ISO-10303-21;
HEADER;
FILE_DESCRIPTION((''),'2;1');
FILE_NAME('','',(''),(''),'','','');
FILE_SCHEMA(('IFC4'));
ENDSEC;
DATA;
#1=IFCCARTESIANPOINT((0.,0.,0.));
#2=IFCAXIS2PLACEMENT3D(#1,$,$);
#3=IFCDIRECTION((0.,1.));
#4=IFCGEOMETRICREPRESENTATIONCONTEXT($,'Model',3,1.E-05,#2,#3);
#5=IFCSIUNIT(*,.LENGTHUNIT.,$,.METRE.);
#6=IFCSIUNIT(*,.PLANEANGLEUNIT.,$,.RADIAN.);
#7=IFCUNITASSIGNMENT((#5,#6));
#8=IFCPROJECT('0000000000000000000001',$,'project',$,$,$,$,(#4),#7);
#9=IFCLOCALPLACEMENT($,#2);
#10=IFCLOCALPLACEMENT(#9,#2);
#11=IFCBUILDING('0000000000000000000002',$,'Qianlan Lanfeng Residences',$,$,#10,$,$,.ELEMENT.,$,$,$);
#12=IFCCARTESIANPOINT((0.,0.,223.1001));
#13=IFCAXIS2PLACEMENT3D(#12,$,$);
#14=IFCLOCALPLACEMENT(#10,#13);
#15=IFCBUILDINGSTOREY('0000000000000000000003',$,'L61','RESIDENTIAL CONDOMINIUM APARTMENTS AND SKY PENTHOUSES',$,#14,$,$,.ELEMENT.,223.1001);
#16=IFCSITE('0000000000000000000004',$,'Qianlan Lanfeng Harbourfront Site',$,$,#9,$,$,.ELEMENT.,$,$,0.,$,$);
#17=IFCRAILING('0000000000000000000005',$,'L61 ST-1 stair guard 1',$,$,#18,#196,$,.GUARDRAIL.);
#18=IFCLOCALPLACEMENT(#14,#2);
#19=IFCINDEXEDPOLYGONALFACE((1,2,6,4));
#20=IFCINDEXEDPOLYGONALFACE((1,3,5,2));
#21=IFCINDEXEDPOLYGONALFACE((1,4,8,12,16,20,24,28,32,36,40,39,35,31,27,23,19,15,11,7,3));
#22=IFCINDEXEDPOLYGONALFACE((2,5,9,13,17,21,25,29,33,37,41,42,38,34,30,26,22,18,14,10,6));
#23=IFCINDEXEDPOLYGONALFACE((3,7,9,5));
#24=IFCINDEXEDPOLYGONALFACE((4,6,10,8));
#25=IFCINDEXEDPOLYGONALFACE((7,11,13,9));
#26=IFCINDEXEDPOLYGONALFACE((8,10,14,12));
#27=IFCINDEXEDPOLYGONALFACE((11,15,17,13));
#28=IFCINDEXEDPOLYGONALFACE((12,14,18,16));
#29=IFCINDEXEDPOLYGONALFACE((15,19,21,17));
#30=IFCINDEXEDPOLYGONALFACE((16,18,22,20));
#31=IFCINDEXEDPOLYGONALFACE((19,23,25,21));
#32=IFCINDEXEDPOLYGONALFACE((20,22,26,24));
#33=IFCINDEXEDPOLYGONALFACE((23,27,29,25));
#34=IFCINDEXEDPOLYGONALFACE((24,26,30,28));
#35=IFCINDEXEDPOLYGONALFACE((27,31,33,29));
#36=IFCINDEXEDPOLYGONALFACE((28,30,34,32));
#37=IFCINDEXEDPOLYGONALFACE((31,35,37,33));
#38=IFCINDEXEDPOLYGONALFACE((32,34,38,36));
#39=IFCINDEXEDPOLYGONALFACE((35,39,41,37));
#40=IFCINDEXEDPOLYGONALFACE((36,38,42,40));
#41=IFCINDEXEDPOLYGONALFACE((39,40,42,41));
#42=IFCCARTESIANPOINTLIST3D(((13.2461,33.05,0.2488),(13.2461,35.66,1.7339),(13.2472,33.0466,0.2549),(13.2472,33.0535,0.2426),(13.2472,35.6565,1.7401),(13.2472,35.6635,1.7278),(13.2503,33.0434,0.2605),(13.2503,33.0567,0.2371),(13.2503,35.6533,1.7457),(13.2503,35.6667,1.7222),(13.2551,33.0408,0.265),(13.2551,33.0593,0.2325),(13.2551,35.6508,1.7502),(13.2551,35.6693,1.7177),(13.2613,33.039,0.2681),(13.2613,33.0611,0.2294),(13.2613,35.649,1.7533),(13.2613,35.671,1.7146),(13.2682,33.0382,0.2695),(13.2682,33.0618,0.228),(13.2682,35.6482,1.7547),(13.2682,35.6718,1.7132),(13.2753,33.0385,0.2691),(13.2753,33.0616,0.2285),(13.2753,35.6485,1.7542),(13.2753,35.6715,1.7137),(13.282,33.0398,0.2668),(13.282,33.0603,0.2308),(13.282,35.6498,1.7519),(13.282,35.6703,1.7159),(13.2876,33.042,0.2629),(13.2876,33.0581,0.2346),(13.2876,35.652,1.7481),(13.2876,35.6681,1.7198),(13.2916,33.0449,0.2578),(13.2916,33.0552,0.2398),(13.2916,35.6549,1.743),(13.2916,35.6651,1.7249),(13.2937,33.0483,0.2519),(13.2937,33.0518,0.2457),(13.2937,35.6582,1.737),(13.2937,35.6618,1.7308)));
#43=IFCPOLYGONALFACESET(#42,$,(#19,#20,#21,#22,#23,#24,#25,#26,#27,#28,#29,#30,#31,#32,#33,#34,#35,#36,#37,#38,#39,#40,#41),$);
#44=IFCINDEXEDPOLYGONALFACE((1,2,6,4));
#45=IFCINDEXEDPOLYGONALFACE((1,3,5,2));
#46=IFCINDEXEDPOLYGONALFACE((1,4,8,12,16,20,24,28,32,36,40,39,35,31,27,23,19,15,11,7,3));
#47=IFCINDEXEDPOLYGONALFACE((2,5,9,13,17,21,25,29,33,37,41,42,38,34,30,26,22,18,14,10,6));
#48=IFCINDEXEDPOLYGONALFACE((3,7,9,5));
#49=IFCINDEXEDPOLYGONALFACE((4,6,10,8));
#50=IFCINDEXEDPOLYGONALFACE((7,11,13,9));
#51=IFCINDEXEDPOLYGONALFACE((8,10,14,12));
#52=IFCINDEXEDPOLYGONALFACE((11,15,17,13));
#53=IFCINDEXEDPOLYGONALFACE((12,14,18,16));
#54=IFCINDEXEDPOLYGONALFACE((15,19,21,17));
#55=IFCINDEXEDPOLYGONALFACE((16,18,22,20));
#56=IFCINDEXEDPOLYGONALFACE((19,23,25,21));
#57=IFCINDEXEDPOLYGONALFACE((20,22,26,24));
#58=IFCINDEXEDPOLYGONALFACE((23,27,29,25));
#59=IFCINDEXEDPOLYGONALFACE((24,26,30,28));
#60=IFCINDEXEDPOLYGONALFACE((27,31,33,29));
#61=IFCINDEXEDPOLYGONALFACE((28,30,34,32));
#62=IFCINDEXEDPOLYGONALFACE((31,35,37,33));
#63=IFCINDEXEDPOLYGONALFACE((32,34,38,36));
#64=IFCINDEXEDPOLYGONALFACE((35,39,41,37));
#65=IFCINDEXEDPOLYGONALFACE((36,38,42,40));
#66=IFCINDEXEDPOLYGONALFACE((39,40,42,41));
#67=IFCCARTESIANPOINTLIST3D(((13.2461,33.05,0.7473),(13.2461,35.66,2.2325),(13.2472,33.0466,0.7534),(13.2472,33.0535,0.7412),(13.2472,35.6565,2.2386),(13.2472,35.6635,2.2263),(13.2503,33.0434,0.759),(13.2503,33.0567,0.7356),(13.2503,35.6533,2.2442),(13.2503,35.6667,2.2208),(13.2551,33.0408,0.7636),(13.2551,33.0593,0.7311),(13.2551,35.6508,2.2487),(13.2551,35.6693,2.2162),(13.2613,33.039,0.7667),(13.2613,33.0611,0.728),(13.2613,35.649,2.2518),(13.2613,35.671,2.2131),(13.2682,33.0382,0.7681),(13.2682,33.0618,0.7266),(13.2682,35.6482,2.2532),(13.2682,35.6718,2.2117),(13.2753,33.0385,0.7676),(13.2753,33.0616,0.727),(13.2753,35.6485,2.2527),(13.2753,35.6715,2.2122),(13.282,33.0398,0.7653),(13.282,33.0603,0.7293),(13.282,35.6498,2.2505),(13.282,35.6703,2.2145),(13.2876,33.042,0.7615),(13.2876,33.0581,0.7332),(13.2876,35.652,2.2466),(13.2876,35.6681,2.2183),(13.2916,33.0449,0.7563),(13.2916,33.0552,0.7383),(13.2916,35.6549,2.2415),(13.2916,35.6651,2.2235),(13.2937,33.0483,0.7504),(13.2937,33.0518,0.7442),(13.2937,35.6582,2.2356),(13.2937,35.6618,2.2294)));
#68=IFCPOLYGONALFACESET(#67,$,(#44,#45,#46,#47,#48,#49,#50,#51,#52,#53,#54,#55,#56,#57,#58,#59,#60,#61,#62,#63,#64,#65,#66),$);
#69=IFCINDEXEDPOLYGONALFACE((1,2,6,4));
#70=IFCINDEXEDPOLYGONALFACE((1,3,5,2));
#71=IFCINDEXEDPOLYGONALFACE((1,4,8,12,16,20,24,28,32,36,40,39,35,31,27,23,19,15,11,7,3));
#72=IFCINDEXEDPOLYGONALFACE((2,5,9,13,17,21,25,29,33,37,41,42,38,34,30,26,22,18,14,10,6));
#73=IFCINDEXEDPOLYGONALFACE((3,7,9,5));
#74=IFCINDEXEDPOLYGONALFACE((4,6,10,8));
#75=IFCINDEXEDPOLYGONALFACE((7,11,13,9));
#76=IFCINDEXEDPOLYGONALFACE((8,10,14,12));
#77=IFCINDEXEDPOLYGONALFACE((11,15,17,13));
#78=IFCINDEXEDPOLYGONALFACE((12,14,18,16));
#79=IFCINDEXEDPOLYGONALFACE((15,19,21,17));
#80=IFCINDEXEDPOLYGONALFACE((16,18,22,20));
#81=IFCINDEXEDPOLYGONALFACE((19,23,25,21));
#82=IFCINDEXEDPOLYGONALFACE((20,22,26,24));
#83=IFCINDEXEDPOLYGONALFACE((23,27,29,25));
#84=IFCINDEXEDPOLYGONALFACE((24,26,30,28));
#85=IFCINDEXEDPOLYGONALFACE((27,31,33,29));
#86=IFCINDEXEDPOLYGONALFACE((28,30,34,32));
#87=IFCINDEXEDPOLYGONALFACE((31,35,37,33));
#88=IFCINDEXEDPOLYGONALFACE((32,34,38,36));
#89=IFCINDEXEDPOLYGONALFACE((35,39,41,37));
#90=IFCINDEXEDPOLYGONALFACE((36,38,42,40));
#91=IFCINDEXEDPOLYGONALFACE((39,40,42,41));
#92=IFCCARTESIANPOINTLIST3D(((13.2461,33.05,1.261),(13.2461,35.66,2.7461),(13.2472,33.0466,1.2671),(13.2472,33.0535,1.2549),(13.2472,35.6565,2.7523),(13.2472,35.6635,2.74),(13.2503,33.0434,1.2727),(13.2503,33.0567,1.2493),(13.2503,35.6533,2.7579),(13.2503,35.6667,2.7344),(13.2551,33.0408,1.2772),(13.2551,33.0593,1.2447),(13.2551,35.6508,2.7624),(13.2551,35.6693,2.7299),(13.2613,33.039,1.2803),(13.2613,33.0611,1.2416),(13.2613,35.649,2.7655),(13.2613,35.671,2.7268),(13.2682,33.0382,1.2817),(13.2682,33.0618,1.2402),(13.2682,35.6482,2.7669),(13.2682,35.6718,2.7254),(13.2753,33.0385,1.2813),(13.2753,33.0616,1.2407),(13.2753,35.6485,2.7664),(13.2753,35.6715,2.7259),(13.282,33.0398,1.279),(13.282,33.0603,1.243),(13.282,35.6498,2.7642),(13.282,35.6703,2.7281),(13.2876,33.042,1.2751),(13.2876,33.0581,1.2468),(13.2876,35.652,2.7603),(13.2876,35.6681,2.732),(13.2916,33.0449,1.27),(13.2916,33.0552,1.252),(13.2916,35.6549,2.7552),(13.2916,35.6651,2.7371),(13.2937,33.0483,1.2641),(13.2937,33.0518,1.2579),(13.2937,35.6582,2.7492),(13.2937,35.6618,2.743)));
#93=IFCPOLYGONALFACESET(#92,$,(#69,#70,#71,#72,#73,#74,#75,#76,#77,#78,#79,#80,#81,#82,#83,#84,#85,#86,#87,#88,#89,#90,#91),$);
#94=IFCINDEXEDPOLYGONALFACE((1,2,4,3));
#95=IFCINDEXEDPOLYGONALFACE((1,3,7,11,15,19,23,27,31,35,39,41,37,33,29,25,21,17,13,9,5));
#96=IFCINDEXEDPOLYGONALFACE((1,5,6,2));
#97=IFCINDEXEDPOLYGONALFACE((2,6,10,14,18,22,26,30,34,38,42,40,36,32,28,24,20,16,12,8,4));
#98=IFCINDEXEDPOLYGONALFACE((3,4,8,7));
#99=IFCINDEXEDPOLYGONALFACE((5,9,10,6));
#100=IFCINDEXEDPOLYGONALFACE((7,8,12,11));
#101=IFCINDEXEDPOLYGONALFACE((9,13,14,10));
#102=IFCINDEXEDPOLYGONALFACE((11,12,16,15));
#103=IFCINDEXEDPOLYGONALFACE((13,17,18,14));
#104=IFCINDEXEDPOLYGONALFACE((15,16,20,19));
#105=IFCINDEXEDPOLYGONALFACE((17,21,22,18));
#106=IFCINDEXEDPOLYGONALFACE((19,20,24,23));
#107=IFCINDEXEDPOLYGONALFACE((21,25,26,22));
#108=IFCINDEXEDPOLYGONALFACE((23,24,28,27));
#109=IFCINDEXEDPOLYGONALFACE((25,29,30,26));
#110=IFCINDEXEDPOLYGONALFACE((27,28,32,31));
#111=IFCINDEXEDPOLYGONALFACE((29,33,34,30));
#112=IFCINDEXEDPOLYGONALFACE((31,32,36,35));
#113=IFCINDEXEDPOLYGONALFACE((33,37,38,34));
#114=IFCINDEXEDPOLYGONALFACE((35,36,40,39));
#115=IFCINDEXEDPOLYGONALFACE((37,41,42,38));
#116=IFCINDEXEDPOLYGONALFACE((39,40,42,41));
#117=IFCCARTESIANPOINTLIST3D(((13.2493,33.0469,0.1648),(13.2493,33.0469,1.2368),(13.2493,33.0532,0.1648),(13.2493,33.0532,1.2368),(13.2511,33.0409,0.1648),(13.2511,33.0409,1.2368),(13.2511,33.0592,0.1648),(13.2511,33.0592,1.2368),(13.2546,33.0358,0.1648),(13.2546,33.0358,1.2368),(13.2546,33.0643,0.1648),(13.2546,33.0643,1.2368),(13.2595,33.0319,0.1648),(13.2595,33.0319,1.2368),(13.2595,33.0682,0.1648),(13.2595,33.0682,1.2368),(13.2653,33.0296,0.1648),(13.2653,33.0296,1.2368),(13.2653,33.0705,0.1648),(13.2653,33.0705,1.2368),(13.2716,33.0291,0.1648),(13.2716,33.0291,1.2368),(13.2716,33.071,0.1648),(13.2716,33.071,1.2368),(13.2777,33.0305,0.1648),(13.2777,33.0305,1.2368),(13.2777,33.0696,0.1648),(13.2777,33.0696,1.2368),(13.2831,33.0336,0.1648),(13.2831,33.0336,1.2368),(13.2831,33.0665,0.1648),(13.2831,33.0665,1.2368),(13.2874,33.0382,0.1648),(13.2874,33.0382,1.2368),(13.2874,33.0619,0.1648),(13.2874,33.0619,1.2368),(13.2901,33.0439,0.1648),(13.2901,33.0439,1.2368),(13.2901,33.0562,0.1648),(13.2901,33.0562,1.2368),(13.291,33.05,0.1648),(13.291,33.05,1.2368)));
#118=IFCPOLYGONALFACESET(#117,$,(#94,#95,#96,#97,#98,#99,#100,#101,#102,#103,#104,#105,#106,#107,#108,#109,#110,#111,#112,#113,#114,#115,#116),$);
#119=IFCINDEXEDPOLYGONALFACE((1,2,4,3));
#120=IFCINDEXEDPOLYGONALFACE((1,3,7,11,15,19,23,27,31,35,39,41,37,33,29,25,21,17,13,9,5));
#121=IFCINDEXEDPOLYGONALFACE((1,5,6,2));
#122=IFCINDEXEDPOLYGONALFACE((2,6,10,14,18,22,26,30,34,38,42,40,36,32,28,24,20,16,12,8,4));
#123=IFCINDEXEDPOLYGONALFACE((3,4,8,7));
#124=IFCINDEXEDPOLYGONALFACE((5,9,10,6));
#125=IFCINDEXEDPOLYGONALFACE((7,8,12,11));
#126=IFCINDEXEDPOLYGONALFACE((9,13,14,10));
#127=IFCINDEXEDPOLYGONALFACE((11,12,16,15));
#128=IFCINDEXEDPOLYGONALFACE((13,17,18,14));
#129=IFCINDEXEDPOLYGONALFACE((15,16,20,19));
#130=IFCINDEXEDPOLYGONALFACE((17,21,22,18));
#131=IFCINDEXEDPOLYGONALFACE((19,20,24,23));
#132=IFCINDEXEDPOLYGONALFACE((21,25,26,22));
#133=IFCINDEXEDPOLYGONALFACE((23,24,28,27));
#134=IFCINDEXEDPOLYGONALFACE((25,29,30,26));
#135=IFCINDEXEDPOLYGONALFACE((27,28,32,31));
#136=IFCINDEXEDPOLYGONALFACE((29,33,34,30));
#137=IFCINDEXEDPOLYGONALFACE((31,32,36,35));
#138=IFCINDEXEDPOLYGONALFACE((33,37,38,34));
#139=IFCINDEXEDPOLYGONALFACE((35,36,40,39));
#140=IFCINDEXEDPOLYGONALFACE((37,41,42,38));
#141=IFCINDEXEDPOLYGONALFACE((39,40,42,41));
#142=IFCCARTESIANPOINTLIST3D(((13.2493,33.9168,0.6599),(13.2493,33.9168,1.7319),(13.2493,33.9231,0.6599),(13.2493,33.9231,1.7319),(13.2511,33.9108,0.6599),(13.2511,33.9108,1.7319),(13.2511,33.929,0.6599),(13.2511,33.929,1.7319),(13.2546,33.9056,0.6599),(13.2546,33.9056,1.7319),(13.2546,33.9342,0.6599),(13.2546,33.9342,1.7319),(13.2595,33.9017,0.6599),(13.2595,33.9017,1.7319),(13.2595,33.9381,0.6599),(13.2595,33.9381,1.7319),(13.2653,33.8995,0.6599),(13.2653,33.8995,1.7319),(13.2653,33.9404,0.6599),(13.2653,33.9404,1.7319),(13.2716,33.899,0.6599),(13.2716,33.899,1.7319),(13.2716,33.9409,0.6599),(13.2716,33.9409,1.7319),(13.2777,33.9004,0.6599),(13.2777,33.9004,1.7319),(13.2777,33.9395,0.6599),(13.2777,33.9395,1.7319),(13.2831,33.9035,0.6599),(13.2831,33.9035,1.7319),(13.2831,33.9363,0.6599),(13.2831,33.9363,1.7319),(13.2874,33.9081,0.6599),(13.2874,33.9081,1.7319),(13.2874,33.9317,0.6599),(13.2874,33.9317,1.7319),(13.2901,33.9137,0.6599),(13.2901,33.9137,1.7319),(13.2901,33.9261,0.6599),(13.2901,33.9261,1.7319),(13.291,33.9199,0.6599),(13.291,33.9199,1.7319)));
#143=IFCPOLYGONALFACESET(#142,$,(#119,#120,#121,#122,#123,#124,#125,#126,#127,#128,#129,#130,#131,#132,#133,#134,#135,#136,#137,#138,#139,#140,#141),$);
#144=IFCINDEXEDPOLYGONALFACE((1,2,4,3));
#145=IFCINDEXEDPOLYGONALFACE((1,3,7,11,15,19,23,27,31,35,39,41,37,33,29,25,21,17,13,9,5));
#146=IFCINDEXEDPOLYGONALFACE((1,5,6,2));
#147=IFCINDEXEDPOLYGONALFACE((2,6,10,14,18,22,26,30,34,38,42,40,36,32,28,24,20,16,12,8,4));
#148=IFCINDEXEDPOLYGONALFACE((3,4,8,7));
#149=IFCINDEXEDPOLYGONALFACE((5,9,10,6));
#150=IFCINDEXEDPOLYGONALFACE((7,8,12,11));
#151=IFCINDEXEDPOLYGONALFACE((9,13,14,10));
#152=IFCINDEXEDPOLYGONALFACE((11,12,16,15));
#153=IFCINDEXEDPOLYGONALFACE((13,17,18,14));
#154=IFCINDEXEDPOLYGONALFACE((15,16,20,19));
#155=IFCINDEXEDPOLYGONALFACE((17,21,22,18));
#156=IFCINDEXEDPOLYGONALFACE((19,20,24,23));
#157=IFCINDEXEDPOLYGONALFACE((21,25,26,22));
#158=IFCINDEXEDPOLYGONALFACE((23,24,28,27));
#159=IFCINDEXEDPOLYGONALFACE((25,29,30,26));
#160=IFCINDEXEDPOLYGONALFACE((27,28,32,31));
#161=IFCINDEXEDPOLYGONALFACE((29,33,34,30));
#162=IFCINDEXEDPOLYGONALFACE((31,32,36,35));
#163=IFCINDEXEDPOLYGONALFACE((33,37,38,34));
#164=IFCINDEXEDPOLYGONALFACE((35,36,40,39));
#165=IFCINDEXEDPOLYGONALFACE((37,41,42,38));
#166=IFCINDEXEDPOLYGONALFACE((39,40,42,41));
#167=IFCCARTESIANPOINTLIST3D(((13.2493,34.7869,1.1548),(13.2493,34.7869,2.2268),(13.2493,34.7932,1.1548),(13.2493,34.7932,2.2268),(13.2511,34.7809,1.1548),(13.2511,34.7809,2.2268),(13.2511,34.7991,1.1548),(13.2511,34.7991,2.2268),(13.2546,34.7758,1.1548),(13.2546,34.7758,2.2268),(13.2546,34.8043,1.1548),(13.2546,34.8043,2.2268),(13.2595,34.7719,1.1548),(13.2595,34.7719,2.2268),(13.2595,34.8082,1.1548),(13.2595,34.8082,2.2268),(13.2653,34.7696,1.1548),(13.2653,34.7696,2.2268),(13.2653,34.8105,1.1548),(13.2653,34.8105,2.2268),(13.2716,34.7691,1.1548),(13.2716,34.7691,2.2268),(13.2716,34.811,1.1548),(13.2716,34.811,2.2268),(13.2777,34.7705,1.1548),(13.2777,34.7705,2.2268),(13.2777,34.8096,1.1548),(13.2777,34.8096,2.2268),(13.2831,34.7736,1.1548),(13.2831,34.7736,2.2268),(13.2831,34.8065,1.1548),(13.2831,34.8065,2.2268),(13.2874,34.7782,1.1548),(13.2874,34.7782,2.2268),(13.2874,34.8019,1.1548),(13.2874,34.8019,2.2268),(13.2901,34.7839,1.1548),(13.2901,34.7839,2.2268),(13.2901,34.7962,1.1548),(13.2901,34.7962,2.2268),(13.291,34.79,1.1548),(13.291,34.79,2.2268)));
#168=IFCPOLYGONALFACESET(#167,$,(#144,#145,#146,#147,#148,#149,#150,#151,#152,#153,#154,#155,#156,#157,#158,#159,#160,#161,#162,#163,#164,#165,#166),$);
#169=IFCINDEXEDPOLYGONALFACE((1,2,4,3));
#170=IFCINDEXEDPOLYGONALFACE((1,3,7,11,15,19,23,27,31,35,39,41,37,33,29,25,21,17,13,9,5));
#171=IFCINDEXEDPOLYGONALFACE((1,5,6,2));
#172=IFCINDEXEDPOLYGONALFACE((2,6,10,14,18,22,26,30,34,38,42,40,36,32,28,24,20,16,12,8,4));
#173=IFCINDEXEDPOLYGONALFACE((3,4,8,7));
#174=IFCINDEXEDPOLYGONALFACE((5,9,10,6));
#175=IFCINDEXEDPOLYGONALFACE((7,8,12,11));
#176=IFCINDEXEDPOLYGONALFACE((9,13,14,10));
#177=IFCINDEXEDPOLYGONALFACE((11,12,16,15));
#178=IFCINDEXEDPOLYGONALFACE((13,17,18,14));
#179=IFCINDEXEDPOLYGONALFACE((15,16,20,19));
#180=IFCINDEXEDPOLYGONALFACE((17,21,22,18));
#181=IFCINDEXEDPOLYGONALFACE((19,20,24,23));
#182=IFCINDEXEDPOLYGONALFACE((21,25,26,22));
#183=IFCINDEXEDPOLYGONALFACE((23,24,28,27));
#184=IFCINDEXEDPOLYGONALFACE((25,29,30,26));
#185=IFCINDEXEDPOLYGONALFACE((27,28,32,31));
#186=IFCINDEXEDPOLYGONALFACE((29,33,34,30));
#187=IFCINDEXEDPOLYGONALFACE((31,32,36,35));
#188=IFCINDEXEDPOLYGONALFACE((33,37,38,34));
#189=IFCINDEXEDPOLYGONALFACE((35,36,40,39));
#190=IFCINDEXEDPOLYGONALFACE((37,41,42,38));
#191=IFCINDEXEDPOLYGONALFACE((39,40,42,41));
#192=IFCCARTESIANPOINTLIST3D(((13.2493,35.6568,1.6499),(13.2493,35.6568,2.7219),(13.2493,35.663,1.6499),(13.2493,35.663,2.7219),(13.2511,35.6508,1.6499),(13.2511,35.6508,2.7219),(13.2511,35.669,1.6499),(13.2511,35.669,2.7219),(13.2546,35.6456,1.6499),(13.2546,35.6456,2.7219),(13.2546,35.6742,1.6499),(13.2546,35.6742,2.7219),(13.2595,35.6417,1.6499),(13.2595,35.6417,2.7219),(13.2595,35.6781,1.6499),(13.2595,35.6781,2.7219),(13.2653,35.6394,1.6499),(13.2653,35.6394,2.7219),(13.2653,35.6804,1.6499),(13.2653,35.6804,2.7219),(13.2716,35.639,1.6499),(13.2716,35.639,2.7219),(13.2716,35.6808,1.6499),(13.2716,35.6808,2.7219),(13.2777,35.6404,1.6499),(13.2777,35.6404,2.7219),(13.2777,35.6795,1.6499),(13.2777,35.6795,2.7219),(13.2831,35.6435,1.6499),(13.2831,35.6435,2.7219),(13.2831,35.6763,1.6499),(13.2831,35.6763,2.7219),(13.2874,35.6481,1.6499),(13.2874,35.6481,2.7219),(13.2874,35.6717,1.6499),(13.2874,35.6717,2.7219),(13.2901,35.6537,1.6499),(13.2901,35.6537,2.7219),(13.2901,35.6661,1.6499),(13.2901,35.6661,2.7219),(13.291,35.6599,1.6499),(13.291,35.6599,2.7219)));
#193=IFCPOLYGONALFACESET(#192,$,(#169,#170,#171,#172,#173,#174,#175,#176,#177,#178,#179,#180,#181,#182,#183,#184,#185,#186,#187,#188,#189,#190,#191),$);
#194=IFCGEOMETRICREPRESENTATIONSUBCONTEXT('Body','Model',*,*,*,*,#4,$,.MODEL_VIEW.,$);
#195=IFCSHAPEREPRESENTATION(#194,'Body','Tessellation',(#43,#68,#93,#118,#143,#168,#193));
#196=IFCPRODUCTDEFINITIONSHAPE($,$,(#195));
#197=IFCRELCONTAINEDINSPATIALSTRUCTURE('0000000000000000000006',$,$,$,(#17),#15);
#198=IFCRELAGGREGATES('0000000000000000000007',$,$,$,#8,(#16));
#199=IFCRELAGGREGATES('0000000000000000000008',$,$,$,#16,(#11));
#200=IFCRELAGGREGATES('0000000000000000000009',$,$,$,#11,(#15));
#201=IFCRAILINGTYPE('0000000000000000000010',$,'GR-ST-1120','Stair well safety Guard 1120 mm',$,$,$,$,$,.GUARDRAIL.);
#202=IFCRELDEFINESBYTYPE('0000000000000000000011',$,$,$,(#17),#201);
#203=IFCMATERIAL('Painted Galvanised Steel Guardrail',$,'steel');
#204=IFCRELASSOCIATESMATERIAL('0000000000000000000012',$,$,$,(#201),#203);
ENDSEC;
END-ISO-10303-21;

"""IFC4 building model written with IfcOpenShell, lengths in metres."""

from ifc_helpers import new_model, si_unit, direction, frame, origin, origin_2d, place, context, subcontext, project, spatial, circle, extrude, material, type_object, element, save


model = new_model("IFC4")

# Units and contexts
model_context = context("Model", 3, precision=1e-05, world=origin(), true_north=direction((0.0, 1.0)))
body_context = subcontext(model_context, "Body", "Model", "MODEL_VIEW")
ifc_project = project(units=[si_unit("LENGTHUNIT", "METRE"), si_unit("PLANEANGLEUNIT", "RADIAN")], contexts=[model_context])

# Site, building, storey
site_placement = place(None, origin())
site = spatial("IfcSite", under=ifc_project, at=site_placement, Name="Qianlan Lanfeng Harbourfront Site", CompositionType="ELEMENT", RefElevation=0.0)
building_placement = place(site_placement, origin())
building = spatial("IfcBuilding", under=site, at=building_placement, Name="Qianlan Lanfeng Residences", CompositionType="ELEMENT")
storey_placement = place(building_placement, frame((0.0, 0.0, 223.1001)))
storey = spatial("IfcBuildingStorey", under=building, at=storey_placement, Name="L61", Description="RESIDENTIAL CONDOMINIUM APARTMENTS AND SKY PENTHOUSES", CompositionType="ELEMENT", Elevation=223.1001)

# Railing
ifc_material_1 = material(Name="Painted Galvanised Steel Guardrail", Category="steel")
railing_type_1 = type_object("IfcRailingType", Name="GR-ST-1120", Description="Stair well safety Guard 1120 mm", PredefinedType="GUARDRAIL", material=ifc_material_1)
railing_1_placement = place(storey_placement, frame((13.27, 33.05, 0.1648)))
element("IfcRailing", 1, at=railing_1_placement, inside=storey, type_object=railing_type_1, Name="L61 ST-1 stair guard 1", PredefinedType="GUARDRAIL", context=body_context, shape_type="SweptSolid", body=[
    extrude(circle(Radius=0.0239, at=origin_2d()), frame((0.0, 0.0, 0.084), z_axis=(0.0, 0.869137, 0.494571), x_axis=(-1.0, 0.0, 0.0)), (0.0, 0.0, 1.0), 3.0029),
    extrude(circle(Radius=0.0239, at=origin_2d()), frame((0.0, 0.0, 0.5825), z_axis=(0.0, 0.869137, 0.494571), x_axis=(-1.0, 0.0, 0.0)), (0.0, 0.0, 1.0), 3.0029),
    extrude(circle(Radius=0.0239, at=origin_2d()), frame((0.0, 0.0, 1.0962), z_axis=(0.0, 0.869137, 0.494571), x_axis=(-1.0, 0.0, 0.0)), (0.0, 0.0, 1.0), 3.0029),
    extrude(circle(Radius=0.021, at=origin_2d()), origin(), (0.0, 0.0, 1.0), 1.072),
    extrude(circle(Radius=0.021, at=origin_2d()), frame((0.0, 0.8699, 0.4951)), (0.0, 0.0, 1.0), 1.072),
    extrude(circle(Radius=0.021, at=origin_2d()), frame((0.0, 1.74, 0.99)), (0.0, 0.0, 1.0), 1.072),
    extrude(circle(Radius=0.021, at=origin_2d()), frame((0.0, 2.6099, 1.4851)), (0.0, 0.0, 1.0), 1.072),
])

save(model, "model.ifc")
